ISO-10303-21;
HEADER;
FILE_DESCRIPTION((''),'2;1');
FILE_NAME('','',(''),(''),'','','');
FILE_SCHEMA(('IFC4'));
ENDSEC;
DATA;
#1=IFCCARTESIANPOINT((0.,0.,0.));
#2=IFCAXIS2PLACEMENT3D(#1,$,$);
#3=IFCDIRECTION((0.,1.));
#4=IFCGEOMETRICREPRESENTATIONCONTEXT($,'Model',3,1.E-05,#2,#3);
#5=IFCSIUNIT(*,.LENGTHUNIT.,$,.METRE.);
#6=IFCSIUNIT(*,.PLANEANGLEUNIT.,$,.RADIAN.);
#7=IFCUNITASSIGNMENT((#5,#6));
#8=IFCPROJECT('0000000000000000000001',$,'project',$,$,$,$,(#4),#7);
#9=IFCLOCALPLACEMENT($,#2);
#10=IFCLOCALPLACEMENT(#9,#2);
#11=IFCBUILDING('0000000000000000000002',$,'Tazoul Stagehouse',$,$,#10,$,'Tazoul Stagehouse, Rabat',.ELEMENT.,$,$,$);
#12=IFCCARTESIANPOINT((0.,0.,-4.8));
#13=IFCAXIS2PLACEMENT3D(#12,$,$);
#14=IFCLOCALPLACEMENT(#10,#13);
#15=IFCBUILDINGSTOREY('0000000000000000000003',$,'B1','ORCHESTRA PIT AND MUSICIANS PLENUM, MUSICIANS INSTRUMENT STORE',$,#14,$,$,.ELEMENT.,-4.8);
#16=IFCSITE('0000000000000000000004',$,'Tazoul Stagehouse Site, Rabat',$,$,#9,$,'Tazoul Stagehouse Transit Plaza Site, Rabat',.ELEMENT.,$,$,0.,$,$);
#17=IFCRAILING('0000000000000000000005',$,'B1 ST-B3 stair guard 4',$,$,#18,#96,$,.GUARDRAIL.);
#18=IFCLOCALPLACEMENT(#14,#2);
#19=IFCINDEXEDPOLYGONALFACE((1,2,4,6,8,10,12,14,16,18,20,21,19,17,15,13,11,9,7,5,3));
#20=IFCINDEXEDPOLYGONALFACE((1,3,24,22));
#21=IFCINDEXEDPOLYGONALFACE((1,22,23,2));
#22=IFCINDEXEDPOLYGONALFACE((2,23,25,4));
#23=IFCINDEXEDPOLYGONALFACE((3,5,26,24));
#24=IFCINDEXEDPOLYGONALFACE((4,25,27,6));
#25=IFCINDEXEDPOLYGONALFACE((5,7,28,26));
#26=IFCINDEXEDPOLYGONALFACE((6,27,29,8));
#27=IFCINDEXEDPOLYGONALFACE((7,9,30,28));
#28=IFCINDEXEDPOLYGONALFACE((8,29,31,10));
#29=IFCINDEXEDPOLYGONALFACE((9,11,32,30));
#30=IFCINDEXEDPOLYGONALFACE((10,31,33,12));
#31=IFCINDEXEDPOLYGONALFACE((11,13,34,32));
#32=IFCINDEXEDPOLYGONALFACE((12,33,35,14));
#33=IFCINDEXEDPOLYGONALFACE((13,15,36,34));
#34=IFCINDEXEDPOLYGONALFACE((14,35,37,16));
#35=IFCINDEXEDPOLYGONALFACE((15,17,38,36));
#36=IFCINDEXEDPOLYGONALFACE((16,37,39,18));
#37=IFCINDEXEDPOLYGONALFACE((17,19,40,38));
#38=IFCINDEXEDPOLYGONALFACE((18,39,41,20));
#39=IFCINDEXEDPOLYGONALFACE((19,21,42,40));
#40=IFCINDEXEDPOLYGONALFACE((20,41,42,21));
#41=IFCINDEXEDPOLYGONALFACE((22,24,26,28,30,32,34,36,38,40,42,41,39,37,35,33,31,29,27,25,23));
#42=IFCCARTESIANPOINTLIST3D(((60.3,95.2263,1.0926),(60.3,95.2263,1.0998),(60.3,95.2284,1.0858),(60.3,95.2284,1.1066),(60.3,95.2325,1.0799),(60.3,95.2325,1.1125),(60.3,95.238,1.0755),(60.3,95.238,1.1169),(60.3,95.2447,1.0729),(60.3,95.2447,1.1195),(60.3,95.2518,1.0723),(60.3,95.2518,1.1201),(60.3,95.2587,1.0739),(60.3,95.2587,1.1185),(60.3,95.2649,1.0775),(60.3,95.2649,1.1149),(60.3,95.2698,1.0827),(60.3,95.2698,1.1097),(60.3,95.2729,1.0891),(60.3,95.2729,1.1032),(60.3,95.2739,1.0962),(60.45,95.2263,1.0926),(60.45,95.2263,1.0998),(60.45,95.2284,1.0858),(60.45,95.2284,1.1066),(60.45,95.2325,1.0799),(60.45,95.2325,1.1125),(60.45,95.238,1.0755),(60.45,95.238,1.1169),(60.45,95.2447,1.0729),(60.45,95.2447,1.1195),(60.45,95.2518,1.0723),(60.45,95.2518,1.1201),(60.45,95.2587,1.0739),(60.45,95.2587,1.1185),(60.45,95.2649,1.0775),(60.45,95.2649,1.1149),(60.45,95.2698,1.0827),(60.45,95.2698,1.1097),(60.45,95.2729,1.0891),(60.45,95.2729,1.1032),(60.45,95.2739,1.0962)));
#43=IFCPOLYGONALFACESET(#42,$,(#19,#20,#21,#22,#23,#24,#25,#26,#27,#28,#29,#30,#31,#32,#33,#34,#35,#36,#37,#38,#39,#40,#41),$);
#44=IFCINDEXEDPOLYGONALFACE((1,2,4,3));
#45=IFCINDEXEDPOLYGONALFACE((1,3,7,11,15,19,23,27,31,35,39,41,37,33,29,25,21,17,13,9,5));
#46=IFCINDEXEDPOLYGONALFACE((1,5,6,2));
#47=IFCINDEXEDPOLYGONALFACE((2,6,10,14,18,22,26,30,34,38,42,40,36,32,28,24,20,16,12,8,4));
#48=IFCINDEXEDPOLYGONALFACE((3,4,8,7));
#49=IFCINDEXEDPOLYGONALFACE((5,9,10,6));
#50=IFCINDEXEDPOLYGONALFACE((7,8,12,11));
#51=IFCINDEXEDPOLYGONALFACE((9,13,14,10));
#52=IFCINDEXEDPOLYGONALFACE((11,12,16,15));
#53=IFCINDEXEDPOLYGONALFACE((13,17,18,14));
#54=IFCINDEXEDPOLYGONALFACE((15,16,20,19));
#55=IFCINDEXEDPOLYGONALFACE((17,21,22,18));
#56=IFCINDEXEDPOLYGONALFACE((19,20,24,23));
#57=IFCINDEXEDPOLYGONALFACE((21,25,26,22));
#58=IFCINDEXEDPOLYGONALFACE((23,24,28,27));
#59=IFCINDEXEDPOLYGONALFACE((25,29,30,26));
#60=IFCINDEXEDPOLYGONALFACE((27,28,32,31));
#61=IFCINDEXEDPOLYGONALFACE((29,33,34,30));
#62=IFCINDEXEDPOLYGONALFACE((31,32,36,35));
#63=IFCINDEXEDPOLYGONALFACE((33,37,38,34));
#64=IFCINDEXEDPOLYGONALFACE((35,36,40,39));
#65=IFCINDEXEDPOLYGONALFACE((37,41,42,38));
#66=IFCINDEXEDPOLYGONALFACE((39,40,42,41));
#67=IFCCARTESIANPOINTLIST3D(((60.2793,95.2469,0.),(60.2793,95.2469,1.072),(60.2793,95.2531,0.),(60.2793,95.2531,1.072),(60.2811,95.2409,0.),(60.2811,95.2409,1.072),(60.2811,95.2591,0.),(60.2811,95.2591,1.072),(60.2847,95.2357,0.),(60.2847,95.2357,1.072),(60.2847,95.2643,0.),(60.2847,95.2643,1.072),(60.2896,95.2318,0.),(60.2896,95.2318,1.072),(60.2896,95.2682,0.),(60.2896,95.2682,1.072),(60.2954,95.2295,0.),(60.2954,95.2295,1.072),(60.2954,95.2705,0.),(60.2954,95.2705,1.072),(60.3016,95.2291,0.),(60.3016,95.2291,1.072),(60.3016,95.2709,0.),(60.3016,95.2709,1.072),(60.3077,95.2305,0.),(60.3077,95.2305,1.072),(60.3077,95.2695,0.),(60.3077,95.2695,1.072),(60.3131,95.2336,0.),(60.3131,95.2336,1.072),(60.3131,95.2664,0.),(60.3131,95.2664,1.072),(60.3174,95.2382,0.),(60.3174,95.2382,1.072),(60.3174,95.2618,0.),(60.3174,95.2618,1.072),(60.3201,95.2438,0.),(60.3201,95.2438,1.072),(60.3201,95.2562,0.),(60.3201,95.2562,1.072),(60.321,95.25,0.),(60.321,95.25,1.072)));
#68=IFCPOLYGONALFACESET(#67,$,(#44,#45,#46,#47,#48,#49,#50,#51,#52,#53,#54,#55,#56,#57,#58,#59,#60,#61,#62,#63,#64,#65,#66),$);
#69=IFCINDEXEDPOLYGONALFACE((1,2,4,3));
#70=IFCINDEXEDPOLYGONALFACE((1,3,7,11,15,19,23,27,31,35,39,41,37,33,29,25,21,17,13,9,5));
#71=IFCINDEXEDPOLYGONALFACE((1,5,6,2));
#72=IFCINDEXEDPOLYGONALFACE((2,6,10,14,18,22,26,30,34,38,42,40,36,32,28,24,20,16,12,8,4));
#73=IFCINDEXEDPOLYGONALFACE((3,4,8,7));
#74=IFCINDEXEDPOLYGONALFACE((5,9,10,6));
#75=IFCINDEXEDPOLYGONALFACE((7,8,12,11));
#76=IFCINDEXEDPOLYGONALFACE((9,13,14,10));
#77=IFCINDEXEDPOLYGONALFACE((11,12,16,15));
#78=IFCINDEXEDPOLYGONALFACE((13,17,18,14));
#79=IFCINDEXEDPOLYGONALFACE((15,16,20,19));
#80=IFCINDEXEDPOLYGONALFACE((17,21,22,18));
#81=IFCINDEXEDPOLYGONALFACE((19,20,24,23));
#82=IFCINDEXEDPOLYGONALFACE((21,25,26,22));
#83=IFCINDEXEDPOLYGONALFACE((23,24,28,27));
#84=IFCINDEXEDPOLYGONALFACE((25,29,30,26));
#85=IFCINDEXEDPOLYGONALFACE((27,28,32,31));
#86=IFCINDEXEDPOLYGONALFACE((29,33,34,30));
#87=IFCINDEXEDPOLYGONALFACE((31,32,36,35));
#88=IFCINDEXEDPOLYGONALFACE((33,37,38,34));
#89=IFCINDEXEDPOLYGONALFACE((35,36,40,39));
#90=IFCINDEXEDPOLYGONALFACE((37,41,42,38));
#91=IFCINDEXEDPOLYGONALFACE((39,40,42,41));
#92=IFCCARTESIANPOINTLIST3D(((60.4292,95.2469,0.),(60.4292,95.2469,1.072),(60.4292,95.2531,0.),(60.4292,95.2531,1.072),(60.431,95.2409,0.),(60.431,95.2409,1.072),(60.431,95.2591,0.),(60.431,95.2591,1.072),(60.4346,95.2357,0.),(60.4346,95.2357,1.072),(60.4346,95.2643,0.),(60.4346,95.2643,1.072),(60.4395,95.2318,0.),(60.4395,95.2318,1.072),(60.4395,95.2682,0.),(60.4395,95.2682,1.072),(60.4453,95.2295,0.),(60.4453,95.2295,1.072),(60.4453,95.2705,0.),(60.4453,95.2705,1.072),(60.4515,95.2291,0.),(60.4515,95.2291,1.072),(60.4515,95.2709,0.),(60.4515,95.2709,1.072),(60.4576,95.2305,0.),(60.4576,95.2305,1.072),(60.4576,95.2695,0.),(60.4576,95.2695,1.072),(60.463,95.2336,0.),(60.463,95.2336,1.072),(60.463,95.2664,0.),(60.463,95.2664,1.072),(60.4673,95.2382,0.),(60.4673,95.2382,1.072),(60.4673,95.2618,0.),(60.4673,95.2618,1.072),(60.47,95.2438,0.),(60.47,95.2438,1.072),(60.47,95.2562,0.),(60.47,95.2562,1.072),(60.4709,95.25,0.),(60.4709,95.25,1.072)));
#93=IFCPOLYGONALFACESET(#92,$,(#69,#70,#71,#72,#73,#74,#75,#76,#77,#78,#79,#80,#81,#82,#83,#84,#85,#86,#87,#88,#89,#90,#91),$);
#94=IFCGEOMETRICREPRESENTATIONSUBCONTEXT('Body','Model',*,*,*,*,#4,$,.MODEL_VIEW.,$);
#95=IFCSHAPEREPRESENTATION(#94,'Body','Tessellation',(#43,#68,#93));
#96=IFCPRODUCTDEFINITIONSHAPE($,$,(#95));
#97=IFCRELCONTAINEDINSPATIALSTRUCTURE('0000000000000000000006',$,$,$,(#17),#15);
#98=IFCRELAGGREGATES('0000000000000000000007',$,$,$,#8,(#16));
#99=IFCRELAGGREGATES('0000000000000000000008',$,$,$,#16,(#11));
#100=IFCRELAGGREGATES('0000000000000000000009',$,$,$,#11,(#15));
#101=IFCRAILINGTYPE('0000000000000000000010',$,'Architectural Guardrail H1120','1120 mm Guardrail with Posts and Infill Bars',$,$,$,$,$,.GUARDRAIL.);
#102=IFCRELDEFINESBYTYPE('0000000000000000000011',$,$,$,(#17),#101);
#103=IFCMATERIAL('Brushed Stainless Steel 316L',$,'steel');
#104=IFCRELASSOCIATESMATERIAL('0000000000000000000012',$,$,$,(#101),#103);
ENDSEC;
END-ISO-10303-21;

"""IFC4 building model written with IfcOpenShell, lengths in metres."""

from ifc_helpers import new_model, si_unit, direction, frame, origin, origin_2d, place, context, subcontext, project, spatial, circle, extrude, material, material_profile, profile_set, type_object, element, save


model = new_model("IFC4")

# Units and contexts
model_context = context("Model", 3, precision=1e-05, world=origin(), true_north=direction((0.0, 1.0)))
body_context = subcontext(model_context, "Body", "Model", "MODEL_VIEW")
ifc_project = project(units=[si_unit("LENGTHUNIT", "METRE"), si_unit("PLANEANGLEUNIT", "RADIAN")], contexts=[model_context])

# Site, building, storey
site_placement = place(None, origin())
site = spatial("IfcSite", under=ifc_project, at=site_placement, Name="Tazoul Stagehouse Site, Rabat", LongName="Tazoul Stagehouse Transit Plaza Site, Rabat", CompositionType="ELEMENT", RefElevation=0.0)
building_placement = place(site_placement, origin())
building = spatial("IfcBuilding", under=site, at=building_placement, Name="Tazoul Stagehouse", LongName="Tazoul Stagehouse, Rabat", CompositionType="ELEMENT")
storey_placement = place(building_placement, frame((0.0, 0.0, -4.8)))
storey = spatial("IfcBuildingStorey", under=building, at=storey_placement, Name="B1", Description="ORCHESTRA PIT AND MUSICIANS PLENUM, MUSICIANS INSTRUMENT STORE", CompositionType="ELEMENT", Elevation=-4.8)

# Railing
ifc_material_1 = material(Name="Brushed Stainless Steel 316L", Category="steel")
ifc_material_profile_1 = material_profile(ifc_material_1, circle(Radius=0.0239, at=origin_2d()), Name="SS RAIL D48")
ifc_profile_set_1 = profile_set([ifc_material_profile_1], Name="Brushed Stainless Steel 316L")
railing_type_1 = type_object("IfcRailingType", Name="Architectural Guardrail H1120", Description="1120 mm Guardrail with Posts and Infill Bars", PredefinedType="GUARDRAIL", material=ifc_profile_set_1)
railing_1_placement = place(storey_placement, frame((60.3, 95.25, 0.0)))
element("IfcRailing", 1, at=railing_1_placement, inside=storey, type_object=railing_type_1, Name="B1 ST-B3 stair guard 4", PredefinedType="GUARDRAIL", context=body_context, shape_type="SweptSolid", body=[
    extrude(circle(Radius=0.0239, at=origin_2d()), frame((0.0, 0.0, 1.0962), z_axis=(1.0, 0.0, 0.0), x_axis=(0.0, 1.0, 0.0)), (0.0, 0.0, 1.0), 0.1499),
    extrude(circle(Radius=0.021, at=origin_2d()), origin(), (0.0, 0.0, 1.0), 1.072),
    extrude(circle(Radius=0.021, at=origin_2d()), frame((0.1499, 0.0, 0.0)), (0.0, 0.0, 1.0), 1.072),
])

save(model, "model.ifc")
